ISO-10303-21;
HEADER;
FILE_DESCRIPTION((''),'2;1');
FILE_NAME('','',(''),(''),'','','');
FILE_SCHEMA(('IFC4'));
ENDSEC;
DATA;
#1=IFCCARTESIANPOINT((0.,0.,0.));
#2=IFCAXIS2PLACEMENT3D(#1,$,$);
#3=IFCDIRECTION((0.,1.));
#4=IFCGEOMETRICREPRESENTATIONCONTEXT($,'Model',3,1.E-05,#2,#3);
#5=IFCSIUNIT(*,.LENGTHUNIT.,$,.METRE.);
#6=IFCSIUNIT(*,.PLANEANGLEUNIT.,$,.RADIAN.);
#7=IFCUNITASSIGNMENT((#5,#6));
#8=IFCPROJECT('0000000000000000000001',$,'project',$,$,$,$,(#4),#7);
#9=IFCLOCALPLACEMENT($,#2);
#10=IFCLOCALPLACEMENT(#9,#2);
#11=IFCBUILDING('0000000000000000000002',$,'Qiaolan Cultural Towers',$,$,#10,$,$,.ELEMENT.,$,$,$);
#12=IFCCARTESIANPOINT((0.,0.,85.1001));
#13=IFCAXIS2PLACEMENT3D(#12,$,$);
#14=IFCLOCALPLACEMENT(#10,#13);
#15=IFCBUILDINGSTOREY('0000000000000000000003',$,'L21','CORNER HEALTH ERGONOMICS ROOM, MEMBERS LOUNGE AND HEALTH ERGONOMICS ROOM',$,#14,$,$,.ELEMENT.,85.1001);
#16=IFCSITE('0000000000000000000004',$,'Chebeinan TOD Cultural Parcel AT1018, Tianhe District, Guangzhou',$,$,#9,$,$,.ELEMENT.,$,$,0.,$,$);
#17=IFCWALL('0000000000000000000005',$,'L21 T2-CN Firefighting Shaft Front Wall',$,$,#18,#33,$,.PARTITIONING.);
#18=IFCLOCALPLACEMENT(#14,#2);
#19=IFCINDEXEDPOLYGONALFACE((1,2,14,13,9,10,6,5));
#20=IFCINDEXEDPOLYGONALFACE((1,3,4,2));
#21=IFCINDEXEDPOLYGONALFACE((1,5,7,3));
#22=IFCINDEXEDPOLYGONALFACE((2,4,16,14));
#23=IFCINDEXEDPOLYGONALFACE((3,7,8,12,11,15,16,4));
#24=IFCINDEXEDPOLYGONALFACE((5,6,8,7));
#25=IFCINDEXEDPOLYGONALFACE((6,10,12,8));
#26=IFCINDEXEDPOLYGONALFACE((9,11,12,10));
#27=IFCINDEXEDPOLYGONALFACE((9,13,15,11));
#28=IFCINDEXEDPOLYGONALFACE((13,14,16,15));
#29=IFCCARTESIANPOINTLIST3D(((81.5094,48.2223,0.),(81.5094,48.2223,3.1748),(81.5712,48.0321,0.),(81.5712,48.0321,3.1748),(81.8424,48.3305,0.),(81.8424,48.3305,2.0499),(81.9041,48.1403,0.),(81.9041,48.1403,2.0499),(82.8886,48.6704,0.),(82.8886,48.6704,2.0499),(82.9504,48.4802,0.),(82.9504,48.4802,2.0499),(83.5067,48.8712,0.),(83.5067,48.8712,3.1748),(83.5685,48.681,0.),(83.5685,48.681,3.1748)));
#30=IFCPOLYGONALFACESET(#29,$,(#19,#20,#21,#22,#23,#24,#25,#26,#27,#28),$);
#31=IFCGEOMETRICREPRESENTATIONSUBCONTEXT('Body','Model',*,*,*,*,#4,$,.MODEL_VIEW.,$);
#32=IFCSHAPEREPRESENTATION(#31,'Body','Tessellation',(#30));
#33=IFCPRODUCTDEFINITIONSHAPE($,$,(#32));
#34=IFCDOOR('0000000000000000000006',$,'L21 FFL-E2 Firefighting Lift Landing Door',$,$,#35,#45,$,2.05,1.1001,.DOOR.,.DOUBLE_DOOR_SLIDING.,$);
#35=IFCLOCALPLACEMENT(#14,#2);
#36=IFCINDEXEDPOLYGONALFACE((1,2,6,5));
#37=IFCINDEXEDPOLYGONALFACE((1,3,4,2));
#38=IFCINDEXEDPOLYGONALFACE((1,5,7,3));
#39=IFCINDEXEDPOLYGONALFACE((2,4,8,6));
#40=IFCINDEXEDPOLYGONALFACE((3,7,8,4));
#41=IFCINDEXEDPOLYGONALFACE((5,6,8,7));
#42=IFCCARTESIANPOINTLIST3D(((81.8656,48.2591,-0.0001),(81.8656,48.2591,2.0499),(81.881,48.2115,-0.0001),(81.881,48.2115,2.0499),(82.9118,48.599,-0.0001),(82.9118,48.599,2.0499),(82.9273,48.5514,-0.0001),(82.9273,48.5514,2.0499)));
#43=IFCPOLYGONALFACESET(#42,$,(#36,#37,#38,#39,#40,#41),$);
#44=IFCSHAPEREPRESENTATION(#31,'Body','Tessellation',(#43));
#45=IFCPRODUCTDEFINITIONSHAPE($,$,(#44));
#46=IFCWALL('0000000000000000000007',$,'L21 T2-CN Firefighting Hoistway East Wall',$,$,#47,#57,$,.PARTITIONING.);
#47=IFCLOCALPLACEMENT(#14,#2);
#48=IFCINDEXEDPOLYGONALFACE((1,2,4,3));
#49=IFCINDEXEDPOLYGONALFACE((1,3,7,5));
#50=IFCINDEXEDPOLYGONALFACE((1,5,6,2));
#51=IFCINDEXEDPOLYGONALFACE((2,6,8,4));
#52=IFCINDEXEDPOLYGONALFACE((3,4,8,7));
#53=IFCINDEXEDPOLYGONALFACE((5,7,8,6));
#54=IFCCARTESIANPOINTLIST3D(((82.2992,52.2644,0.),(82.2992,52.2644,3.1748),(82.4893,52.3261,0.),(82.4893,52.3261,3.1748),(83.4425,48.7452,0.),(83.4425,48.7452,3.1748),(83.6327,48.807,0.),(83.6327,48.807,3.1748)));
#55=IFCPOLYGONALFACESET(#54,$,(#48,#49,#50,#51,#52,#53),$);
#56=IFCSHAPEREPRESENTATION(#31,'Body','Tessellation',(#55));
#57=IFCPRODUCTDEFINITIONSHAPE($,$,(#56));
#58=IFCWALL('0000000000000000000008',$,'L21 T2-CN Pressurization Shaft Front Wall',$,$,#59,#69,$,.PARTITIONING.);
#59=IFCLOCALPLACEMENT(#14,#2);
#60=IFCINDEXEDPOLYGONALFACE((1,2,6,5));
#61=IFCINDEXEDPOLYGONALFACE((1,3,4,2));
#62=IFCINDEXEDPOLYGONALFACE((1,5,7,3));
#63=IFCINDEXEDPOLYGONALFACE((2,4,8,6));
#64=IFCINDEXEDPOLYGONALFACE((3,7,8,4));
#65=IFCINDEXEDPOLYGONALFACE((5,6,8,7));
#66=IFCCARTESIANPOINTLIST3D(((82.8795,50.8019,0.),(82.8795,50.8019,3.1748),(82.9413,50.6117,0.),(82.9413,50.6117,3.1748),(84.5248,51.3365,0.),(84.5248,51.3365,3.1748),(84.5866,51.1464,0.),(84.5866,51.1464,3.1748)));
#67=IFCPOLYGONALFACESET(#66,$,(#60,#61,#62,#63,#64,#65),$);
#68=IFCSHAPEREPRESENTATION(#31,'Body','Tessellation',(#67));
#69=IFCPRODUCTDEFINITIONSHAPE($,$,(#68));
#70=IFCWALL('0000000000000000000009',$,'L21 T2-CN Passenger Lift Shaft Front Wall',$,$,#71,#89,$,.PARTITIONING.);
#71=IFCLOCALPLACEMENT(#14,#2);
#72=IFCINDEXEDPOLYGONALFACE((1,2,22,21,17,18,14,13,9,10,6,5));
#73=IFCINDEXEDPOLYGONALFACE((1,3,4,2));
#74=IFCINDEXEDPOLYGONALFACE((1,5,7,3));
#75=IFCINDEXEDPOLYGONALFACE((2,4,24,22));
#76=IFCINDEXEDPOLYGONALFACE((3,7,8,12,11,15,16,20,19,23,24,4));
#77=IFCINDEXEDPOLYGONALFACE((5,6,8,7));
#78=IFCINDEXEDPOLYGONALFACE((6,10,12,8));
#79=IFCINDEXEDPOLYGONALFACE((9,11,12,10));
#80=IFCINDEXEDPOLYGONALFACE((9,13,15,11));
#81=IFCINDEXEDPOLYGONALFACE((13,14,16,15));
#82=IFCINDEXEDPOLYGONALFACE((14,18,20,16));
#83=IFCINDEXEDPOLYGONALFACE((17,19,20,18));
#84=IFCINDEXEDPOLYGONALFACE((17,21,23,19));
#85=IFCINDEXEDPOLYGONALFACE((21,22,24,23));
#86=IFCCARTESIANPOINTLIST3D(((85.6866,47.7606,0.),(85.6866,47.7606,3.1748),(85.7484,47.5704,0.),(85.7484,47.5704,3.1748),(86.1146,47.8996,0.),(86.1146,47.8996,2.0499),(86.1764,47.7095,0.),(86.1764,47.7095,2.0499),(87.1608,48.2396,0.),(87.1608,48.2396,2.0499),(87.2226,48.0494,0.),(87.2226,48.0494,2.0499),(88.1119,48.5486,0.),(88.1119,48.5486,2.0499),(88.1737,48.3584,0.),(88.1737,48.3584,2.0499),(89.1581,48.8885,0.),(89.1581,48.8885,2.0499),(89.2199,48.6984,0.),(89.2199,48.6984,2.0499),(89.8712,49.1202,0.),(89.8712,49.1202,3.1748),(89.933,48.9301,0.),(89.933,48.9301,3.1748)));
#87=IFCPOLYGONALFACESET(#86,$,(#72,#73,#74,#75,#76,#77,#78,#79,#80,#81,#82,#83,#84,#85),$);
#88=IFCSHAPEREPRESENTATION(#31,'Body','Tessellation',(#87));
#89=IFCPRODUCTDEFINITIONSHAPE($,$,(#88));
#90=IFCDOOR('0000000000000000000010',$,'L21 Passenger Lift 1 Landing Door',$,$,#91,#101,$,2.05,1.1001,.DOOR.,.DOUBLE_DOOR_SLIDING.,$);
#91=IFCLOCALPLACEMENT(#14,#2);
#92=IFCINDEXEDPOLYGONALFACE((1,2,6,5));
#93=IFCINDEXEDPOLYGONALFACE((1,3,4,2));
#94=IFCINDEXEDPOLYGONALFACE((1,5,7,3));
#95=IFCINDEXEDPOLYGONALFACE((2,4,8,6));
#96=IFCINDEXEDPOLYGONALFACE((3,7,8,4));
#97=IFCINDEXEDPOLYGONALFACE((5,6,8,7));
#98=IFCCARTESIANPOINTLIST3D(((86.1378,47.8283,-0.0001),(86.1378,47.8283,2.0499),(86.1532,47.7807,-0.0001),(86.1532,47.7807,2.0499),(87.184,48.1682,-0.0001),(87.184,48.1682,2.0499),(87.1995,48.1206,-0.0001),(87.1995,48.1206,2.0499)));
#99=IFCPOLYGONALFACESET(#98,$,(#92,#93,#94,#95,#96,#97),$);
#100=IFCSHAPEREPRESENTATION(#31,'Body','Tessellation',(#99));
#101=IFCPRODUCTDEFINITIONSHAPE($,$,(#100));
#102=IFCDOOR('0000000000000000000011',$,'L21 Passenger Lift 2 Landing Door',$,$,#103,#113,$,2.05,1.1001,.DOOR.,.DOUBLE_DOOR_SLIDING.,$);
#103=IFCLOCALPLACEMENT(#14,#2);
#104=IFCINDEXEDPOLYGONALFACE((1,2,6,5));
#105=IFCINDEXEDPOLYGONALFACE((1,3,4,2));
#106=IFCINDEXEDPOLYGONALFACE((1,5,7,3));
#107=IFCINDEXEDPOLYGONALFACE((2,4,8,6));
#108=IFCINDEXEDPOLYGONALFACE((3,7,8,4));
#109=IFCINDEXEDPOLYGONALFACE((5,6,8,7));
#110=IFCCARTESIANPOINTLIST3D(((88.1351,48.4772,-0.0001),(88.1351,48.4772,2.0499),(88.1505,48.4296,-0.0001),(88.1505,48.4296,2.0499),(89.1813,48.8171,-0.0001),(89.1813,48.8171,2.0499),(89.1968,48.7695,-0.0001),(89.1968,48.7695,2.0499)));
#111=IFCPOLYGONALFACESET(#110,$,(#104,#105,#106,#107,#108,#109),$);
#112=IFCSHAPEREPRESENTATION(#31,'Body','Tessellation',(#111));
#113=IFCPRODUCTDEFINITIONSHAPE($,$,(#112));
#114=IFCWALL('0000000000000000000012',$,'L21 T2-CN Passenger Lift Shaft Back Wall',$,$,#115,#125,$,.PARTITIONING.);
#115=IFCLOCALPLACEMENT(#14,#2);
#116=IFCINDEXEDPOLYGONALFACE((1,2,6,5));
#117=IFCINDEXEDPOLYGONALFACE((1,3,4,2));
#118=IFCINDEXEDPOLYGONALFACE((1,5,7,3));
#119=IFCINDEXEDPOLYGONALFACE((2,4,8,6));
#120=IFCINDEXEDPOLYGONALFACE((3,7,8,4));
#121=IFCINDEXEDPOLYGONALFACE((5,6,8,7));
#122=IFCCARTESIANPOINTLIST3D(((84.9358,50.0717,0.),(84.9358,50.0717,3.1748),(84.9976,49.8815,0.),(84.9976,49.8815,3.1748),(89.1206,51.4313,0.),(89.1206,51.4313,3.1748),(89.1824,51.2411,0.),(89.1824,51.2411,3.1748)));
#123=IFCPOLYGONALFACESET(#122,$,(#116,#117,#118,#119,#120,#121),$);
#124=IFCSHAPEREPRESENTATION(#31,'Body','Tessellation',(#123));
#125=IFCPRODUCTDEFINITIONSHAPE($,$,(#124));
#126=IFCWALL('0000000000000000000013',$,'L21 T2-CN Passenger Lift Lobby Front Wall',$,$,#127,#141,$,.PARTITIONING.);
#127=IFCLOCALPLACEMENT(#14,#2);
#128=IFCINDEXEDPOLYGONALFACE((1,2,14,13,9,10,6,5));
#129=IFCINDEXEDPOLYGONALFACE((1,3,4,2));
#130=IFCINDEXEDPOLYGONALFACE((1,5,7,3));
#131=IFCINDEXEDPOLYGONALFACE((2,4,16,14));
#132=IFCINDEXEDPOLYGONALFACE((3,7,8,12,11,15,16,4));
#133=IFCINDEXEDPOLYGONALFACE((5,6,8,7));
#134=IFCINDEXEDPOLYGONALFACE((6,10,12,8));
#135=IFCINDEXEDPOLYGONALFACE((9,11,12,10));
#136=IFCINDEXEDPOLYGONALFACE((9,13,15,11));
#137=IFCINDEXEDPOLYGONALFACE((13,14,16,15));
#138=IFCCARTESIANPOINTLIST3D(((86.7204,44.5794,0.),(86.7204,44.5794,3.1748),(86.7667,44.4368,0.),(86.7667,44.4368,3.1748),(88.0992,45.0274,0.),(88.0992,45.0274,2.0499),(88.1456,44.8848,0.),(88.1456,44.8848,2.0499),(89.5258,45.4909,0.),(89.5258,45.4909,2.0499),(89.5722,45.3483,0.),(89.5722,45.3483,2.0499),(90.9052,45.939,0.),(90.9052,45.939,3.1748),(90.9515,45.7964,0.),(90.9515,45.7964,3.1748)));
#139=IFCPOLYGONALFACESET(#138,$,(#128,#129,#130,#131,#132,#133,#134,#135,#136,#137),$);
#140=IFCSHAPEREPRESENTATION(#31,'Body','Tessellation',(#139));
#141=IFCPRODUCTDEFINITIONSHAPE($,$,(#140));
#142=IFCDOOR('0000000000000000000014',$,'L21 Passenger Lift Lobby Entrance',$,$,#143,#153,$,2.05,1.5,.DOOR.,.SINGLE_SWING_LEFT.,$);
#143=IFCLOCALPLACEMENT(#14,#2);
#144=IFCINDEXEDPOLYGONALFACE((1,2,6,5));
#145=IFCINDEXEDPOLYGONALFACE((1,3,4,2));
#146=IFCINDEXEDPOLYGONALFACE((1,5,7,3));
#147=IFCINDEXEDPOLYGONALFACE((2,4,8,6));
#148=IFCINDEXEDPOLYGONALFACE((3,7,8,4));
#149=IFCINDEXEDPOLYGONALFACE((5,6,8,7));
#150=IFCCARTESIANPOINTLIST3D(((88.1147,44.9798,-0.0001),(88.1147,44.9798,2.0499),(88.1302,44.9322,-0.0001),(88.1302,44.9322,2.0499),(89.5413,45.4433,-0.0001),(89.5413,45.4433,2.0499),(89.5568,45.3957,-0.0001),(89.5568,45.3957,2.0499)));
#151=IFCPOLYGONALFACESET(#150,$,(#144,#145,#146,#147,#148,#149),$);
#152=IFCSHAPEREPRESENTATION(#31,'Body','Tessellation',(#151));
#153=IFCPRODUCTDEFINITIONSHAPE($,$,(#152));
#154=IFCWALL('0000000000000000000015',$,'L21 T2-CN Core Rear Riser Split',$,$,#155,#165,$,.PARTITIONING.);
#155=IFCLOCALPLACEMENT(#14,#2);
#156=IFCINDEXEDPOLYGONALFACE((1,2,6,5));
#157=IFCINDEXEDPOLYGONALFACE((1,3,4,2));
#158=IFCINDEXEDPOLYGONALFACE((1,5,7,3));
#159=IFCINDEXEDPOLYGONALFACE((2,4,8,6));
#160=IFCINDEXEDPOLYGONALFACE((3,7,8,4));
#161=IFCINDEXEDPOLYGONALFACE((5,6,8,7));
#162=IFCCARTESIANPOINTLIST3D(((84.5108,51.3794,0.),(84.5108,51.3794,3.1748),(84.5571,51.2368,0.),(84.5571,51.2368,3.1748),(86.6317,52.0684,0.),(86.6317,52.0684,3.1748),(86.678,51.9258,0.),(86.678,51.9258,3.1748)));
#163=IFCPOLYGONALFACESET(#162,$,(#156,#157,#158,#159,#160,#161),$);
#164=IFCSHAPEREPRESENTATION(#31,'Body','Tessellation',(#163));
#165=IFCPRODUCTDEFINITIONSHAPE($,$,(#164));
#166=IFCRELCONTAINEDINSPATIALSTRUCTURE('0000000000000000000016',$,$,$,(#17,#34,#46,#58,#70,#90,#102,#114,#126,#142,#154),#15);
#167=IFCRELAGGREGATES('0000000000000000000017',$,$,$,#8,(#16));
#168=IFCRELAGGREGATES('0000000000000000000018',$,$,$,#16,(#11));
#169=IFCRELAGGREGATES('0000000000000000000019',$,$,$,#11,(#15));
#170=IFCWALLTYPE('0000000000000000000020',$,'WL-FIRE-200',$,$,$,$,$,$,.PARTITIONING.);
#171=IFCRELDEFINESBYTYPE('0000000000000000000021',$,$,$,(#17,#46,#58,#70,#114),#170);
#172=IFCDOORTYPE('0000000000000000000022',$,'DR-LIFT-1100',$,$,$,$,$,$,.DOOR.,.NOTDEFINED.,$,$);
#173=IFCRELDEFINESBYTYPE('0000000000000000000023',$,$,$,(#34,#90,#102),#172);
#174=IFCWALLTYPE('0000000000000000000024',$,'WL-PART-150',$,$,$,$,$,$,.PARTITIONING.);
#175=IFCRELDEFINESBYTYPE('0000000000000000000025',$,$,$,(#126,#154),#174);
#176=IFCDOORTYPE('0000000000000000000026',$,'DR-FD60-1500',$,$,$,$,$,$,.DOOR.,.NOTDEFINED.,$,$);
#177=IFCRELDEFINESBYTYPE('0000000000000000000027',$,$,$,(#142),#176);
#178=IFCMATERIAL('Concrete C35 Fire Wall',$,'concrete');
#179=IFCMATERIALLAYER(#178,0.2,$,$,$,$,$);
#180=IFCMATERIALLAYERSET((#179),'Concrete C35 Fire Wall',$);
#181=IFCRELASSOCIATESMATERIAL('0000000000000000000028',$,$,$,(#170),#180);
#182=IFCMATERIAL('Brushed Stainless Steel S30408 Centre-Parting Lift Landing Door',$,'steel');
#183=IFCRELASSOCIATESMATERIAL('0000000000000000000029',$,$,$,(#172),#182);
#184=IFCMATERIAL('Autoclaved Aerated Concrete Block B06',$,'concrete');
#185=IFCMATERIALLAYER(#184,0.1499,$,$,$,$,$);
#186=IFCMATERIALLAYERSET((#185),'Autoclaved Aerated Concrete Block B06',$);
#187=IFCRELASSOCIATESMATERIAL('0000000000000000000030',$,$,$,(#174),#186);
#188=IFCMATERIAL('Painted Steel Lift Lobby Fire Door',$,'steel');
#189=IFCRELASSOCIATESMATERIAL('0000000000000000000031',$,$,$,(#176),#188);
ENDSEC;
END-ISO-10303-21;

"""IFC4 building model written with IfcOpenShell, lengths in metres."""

from ifc_helpers import new_model, si_unit, direction, frame, frame_2d, origin, place, context, subcontext, project, spatial, rectangle, extrude, material, layer, layer_set, type_object, element, fill, save


model = new_model("IFC4")

# Units and contexts
model_context = context("Model", 3, precision=1e-05, world=origin(), true_north=direction((0.0, 1.0)))
body_context = subcontext(model_context, "Body", "Model", "MODEL_VIEW")
ifc_project = project(units=[si_unit("LENGTHUNIT", "METRE"), si_unit("PLANEANGLEUNIT", "RADIAN")], contexts=[model_context])

# Site, building, storey
site_placement = place(None, origin())
site = spatial("IfcSite", under=ifc_project, at=site_placement, Name="Chebeinan TOD Cultural Parcel AT1018, Tianhe District, Guangzhou", CompositionType="ELEMENT", RefElevation=0.0)
building_placement = place(site_placement, origin())
building = spatial("IfcBuilding", under=site, at=building_placement, Name="Qiaolan Cultural Towers", CompositionType="ELEMENT")
storey_placement = place(building_placement, frame((0.0, 0.0, 85.1001)))
storey = spatial("IfcBuildingStorey", under=building, at=storey_placement, Name="L21", Description="CORNER HEALTH ERGONOMICS ROOM, MEMBERS LOUNGE AND HEALTH ERGONOMICS ROOM", CompositionType="ELEMENT", Elevation=85.1001)

# Shared definitions
ifc_material_1 = material(Name="Concrete C35 Fire Wall", Category="concrete")
ifc_layer_1 = layer(ifc_material_1, 0.2)
ifc_layer_set_1 = layer_set([ifc_layer_1], Name="Concrete C35 Fire Wall")
wall_type_1 = type_object("IfcWallType", Name="WL-FIRE-200", PredefinedType="PARTITIONING", material=ifc_layer_set_1)

# Wall, opening, door
wall_1_placement = place(storey_placement, frame((81.5403, 48.1272, 0.0), z_axis=(0.0, 0.0, 1.0), x_axis=(0.951062, 0.308999, 0.0)))
wall_1 = element("IfcWall", 1, at=wall_1_placement, inside=storey, type_object=wall_type_1, Name="L21 T2-CN Firefighting Shaft Front Wall", PredefinedType="PARTITIONING", context=body_context, shape_type="SweptSolid", body=[
    extrude(rectangle(XDim=2.1001, YDim=0.2, at=frame_2d((1.05, 0.0))), origin(), (0.0, 0.0, 1.0), 3.1748),
])
opening_1_placement = place(wall_1_placement, frame((0.3501, 0.0, 0.0)))
opening_1 = element("IfcOpeningElement", 2, at=opening_1_placement, cuts=wall_1, PredefinedType="OPENING", context=body_context, shape_type="SweptSolid", body=[
    extrude(rectangle(XDim=1.1001, YDim=2.05, at=frame_2d((0.55, 1.0249))), frame((0.0, 0.1099, 0.0), z_axis=(0.0, -1.0, 0.0), x_axis=(1.0, 0.0, 0.0)), (0.0, 0.0, 1.0), 0.22),
])
ifc_material_2 = material(Name="Brushed Stainless Steel S30408 Centre-Parting Lift Landing Door", Category="steel")
door_type_1 = type_object("IfcDoorType", Name="DR-LIFT-1100", OperationType="NOTDEFINED", PredefinedType="DOOR", material=ifc_material_2)
door_1_placement = place(opening_1_placement, origin())
door_1 = element("IfcDoor", 3, at=door_1_placement, inside=storey, type_object=door_type_1, Name="L21 FFL-E2 Firefighting Lift Landing Door", OperationType="DOUBLE_DOOR_SLIDING", OverallHeight=2.05, OverallWidth=1.1001, PredefinedType="DOOR", context=body_context, shape_type="SweptSolid", body=[
    extrude(rectangle(XDim=1.1001, YDim=2.05, at=frame_2d((0.55, 1.0249))), frame((0.0, 0.0249, 0.0), z_axis=(0.0, -1.0, 0.0), x_axis=(1.0, 0.0, 0.0)), (0.0, 0.0, 1.0), 0.05),
])
fill(opening_1, door_1)

# Walls
wall_2_placement = place(storey_placement, frame((83.5376, 48.7761, 0.0), z_axis=(0.0, 0.0, 1.0), x_axis=(-0.308994, 0.951064, 0.0)))
element("IfcWall", 4, at=wall_2_placement, inside=storey, type_object=wall_type_1, Name="L21 T2-CN Firefighting Hoistway East Wall", PredefinedType="PARTITIONING", context=body_context, shape_type="SweptSolid", body=[
    extrude(rectangle(XDim=3.7002, YDim=0.2, at=frame_2d((1.8501, 0.0))), origin(), (0.0, 0.0, 1.0), 3.1748),
])
wall_3_placement = place(storey_placement, frame((82.9104, 50.7068, 0.0), z_axis=(0.0, 0.0, 1.0), x_axis=(0.951041, 0.309064, 0.0)))
element("IfcWall", 5, at=wall_3_placement, inside=storey, type_object=wall_type_1, Name="L21 T2-CN Pressurization Shaft Front Wall", PredefinedType="PARTITIONING", context=body_context, shape_type="SweptSolid", body=[
    extrude(rectangle(XDim=1.73, YDim=0.2, at=frame_2d((0.865, 0.0))), origin(), (0.0, 0.0, 1.0), 3.1748),
])

# Wall, openings, doors
wall_4_placement = place(storey_placement, frame((85.7175, 47.6655, 0.0), z_axis=(0.0, 0.0, 1.0), x_axis=(0.951059, 0.309011, 0.0)))
wall_4 = element("IfcWall", 6, at=wall_4_placement, inside=storey, type_object=wall_type_1, Name="L21 T2-CN Passenger Lift Shaft Front Wall", PredefinedType="PARTITIONING", context=body_context, shape_type="SweptSolid", body=[
    extrude(rectangle(XDim=4.3999, YDim=0.2, at=frame_2d((2.2, 0.0))), origin(), (0.0, 0.0, 1.0), 3.1748),
])
opening_2_placement = place(wall_4_placement, frame((0.45, 0.0, 0.0)))
opening_2 = element("IfcOpeningElement", 7, at=opening_2_placement, cuts=wall_4, PredefinedType="OPENING", context=body_context, shape_type="SweptSolid", body=[
    extrude(rectangle(XDim=1.1001, YDim=2.05, at=frame_2d((0.55, 1.0249))), frame((0.0, 0.1099, 0.0), z_axis=(0.0, -1.0, 0.0), x_axis=(1.0, 0.0, 0.0)), (0.0, 0.0, 1.0), 0.22),
])
opening_3_placement = place(wall_4_placement, frame((2.55, 0.0, 0.0)))
opening_3 = element("IfcOpeningElement", 8, at=opening_3_placement, cuts=wall_4, PredefinedType="OPENING", context=body_context, shape_type="SweptSolid", body=[
    extrude(rectangle(XDim=1.1001, YDim=2.05, at=frame_2d((0.55, 1.0249))), frame((0.0, 0.1099, 0.0), z_axis=(0.0, -1.0, 0.0), x_axis=(1.0, 0.0, 0.0)), (0.0, 0.0, 1.0), 0.22),
])
door_2_placement = place(opening_2_placement, origin())
door_2 = element("IfcDoor", 9, at=door_2_placement, inside=storey, type_object=door_type_1, Name="L21 Passenger Lift 1 Landing Door", OperationType="DOUBLE_DOOR_SLIDING", OverallHeight=2.05, OverallWidth=1.1001, PredefinedType="DOOR", context=body_context, shape_type="SweptSolid", body=[
    extrude(rectangle(XDim=1.1001, YDim=2.05, at=frame_2d((0.55, 1.0249))), frame((0.0, 0.0249, 0.0), z_axis=(0.0, -1.0, 0.0), x_axis=(1.0, 0.0, 0.0)), (0.0, 0.0, 1.0), 0.05),
])
fill(opening_2, door_2)
door_3_placement = place(opening_3_placement, origin())
door_3 = element("IfcDoor", 10, at=door_3_placement, inside=storey, type_object=door_type_1, Name="L21 Passenger Lift 2 Landing Door", OperationType="DOUBLE_DOOR_SLIDING", OverallHeight=2.05, OverallWidth=1.1001, PredefinedType="DOOR", context=body_context, shape_type="SweptSolid", body=[
    extrude(rectangle(XDim=1.1001, YDim=2.05, at=frame_2d((0.55, 1.0249))), frame((0.0, 0.0249, 0.0), z_axis=(0.0, -1.0, 0.0), x_axis=(1.0, 0.0, 0.0)), (0.0, 0.0, 1.0), 0.05),
])
fill(opening_3, door_3)

# Wall
wall_5_placement = place(storey_placement, frame((84.9666, 49.9766, 0.0), z_axis=(0.0, 0.0, 1.0), x_axis=(0.951064, 0.308994, 0.0)))
element("IfcWall", 11, at=wall_5_placement, inside=storey, type_object=wall_type_1, Name="L21 T2-CN Passenger Lift Shaft Back Wall", PredefinedType="PARTITIONING", context=body_context, shape_type="SweptSolid", body=[
    extrude(rectangle(XDim=4.4001, YDim=0.2, at=frame_2d((2.2002, 0.0))), origin(), (0.0, 0.0, 1.0), 3.1748),
])

# Wall, opening, door
ifc_material_3 = material(Name="Autoclaved Aerated Concrete Block B06", Category="concrete")
ifc_layer_2 = layer(ifc_material_3, 0.1499)
ifc_layer_set_2 = layer_set([ifc_layer_2], Name="Autoclaved Aerated Concrete Block B06")
wall_type_2 = type_object("IfcWallType", Name="WL-PART-150", PredefinedType="PARTITIONING", material=ifc_layer_set_2)
wall_6_placement = place(storey_placement, frame((86.7434, 44.5081, 0.0), z_axis=(0.0, 0.0, 1.0), x_axis=(0.951064, 0.308994, 0.0)))
wall_6 = element("IfcWall", 12, at=wall_6_placement, inside=storey, type_object=wall_type_2, Name="L21 T2-CN Passenger Lift Lobby Front Wall", PredefinedType="PARTITIONING", context=body_context, shape_type="SweptSolid", body=[
    extrude(rectangle(XDim=4.4001, YDim=0.1499, at=frame_2d((2.2002, 0.0))), origin(), (0.0, 0.0, 1.0), 3.1748),
])
opening_4_placement = place(wall_6_placement, frame((1.45, 0.0, 0.0)))
opening_4 = element("IfcOpeningElement", 13, at=opening_4_placement, cuts=wall_6, PredefinedType="OPENING", context=body_context, shape_type="SweptSolid", body=[
    extrude(rectangle(XDim=1.5, YDim=2.05, at=frame_2d((0.75, 1.0249))), frame((0.0, 0.085, 0.0), z_axis=(0.0, -1.0, 0.0), x_axis=(1.0, 0.0, 0.0)), (0.0, 0.0, 1.0), 0.1699),
])
ifc_material_4 = material(Name="Painted Steel Lift Lobby Fire Door", Category="steel")
door_type_2 = type_object("IfcDoorType", Name="DR-FD60-1500", OperationType="NOTDEFINED", PredefinedType="DOOR", material=ifc_material_4)
door_4_placement = place(opening_4_placement, origin())
door_4 = element("IfcDoor", 14, at=door_4_placement, inside=storey, type_object=door_type_2, Name="L21 Passenger Lift Lobby Entrance", OperationType="SINGLE_SWING_LEFT", OverallHeight=2.05, OverallWidth=1.5, PredefinedType="DOOR", context=body_context, shape_type="SweptSolid", body=[
    extrude(rectangle(XDim=1.5, YDim=2.05, at=frame_2d((0.75, 1.0249))), frame((0.0, 0.0249, 0.0), z_axis=(0.0, -1.0, 0.0), x_axis=(1.0, 0.0, 0.0)), (0.0, 0.0, 1.0), 0.05),
])
fill(opening_4, door_4)

# Wall
wall_7_placement = place(storey_placement, frame((84.5339, 51.3081, 0.0), z_axis=(0.0, 0.0, 1.0), x_axis=(0.951075, 0.30896, 0.0)))
element("IfcWall", 15, at=wall_7_placement, inside=storey, type_object=wall_type_2, Name="L21 T2-CN Core Rear Riser Split", PredefinedType="PARTITIONING", context=body_context, shape_type="SweptSolid", body=[
    extrude(rectangle(XDim=2.23, YDim=0.1499, at=frame_2d((1.115, 0.0))), origin(), (0.0, 0.0, 1.0), 3.1748),
])

save(model, "model.ifc")
